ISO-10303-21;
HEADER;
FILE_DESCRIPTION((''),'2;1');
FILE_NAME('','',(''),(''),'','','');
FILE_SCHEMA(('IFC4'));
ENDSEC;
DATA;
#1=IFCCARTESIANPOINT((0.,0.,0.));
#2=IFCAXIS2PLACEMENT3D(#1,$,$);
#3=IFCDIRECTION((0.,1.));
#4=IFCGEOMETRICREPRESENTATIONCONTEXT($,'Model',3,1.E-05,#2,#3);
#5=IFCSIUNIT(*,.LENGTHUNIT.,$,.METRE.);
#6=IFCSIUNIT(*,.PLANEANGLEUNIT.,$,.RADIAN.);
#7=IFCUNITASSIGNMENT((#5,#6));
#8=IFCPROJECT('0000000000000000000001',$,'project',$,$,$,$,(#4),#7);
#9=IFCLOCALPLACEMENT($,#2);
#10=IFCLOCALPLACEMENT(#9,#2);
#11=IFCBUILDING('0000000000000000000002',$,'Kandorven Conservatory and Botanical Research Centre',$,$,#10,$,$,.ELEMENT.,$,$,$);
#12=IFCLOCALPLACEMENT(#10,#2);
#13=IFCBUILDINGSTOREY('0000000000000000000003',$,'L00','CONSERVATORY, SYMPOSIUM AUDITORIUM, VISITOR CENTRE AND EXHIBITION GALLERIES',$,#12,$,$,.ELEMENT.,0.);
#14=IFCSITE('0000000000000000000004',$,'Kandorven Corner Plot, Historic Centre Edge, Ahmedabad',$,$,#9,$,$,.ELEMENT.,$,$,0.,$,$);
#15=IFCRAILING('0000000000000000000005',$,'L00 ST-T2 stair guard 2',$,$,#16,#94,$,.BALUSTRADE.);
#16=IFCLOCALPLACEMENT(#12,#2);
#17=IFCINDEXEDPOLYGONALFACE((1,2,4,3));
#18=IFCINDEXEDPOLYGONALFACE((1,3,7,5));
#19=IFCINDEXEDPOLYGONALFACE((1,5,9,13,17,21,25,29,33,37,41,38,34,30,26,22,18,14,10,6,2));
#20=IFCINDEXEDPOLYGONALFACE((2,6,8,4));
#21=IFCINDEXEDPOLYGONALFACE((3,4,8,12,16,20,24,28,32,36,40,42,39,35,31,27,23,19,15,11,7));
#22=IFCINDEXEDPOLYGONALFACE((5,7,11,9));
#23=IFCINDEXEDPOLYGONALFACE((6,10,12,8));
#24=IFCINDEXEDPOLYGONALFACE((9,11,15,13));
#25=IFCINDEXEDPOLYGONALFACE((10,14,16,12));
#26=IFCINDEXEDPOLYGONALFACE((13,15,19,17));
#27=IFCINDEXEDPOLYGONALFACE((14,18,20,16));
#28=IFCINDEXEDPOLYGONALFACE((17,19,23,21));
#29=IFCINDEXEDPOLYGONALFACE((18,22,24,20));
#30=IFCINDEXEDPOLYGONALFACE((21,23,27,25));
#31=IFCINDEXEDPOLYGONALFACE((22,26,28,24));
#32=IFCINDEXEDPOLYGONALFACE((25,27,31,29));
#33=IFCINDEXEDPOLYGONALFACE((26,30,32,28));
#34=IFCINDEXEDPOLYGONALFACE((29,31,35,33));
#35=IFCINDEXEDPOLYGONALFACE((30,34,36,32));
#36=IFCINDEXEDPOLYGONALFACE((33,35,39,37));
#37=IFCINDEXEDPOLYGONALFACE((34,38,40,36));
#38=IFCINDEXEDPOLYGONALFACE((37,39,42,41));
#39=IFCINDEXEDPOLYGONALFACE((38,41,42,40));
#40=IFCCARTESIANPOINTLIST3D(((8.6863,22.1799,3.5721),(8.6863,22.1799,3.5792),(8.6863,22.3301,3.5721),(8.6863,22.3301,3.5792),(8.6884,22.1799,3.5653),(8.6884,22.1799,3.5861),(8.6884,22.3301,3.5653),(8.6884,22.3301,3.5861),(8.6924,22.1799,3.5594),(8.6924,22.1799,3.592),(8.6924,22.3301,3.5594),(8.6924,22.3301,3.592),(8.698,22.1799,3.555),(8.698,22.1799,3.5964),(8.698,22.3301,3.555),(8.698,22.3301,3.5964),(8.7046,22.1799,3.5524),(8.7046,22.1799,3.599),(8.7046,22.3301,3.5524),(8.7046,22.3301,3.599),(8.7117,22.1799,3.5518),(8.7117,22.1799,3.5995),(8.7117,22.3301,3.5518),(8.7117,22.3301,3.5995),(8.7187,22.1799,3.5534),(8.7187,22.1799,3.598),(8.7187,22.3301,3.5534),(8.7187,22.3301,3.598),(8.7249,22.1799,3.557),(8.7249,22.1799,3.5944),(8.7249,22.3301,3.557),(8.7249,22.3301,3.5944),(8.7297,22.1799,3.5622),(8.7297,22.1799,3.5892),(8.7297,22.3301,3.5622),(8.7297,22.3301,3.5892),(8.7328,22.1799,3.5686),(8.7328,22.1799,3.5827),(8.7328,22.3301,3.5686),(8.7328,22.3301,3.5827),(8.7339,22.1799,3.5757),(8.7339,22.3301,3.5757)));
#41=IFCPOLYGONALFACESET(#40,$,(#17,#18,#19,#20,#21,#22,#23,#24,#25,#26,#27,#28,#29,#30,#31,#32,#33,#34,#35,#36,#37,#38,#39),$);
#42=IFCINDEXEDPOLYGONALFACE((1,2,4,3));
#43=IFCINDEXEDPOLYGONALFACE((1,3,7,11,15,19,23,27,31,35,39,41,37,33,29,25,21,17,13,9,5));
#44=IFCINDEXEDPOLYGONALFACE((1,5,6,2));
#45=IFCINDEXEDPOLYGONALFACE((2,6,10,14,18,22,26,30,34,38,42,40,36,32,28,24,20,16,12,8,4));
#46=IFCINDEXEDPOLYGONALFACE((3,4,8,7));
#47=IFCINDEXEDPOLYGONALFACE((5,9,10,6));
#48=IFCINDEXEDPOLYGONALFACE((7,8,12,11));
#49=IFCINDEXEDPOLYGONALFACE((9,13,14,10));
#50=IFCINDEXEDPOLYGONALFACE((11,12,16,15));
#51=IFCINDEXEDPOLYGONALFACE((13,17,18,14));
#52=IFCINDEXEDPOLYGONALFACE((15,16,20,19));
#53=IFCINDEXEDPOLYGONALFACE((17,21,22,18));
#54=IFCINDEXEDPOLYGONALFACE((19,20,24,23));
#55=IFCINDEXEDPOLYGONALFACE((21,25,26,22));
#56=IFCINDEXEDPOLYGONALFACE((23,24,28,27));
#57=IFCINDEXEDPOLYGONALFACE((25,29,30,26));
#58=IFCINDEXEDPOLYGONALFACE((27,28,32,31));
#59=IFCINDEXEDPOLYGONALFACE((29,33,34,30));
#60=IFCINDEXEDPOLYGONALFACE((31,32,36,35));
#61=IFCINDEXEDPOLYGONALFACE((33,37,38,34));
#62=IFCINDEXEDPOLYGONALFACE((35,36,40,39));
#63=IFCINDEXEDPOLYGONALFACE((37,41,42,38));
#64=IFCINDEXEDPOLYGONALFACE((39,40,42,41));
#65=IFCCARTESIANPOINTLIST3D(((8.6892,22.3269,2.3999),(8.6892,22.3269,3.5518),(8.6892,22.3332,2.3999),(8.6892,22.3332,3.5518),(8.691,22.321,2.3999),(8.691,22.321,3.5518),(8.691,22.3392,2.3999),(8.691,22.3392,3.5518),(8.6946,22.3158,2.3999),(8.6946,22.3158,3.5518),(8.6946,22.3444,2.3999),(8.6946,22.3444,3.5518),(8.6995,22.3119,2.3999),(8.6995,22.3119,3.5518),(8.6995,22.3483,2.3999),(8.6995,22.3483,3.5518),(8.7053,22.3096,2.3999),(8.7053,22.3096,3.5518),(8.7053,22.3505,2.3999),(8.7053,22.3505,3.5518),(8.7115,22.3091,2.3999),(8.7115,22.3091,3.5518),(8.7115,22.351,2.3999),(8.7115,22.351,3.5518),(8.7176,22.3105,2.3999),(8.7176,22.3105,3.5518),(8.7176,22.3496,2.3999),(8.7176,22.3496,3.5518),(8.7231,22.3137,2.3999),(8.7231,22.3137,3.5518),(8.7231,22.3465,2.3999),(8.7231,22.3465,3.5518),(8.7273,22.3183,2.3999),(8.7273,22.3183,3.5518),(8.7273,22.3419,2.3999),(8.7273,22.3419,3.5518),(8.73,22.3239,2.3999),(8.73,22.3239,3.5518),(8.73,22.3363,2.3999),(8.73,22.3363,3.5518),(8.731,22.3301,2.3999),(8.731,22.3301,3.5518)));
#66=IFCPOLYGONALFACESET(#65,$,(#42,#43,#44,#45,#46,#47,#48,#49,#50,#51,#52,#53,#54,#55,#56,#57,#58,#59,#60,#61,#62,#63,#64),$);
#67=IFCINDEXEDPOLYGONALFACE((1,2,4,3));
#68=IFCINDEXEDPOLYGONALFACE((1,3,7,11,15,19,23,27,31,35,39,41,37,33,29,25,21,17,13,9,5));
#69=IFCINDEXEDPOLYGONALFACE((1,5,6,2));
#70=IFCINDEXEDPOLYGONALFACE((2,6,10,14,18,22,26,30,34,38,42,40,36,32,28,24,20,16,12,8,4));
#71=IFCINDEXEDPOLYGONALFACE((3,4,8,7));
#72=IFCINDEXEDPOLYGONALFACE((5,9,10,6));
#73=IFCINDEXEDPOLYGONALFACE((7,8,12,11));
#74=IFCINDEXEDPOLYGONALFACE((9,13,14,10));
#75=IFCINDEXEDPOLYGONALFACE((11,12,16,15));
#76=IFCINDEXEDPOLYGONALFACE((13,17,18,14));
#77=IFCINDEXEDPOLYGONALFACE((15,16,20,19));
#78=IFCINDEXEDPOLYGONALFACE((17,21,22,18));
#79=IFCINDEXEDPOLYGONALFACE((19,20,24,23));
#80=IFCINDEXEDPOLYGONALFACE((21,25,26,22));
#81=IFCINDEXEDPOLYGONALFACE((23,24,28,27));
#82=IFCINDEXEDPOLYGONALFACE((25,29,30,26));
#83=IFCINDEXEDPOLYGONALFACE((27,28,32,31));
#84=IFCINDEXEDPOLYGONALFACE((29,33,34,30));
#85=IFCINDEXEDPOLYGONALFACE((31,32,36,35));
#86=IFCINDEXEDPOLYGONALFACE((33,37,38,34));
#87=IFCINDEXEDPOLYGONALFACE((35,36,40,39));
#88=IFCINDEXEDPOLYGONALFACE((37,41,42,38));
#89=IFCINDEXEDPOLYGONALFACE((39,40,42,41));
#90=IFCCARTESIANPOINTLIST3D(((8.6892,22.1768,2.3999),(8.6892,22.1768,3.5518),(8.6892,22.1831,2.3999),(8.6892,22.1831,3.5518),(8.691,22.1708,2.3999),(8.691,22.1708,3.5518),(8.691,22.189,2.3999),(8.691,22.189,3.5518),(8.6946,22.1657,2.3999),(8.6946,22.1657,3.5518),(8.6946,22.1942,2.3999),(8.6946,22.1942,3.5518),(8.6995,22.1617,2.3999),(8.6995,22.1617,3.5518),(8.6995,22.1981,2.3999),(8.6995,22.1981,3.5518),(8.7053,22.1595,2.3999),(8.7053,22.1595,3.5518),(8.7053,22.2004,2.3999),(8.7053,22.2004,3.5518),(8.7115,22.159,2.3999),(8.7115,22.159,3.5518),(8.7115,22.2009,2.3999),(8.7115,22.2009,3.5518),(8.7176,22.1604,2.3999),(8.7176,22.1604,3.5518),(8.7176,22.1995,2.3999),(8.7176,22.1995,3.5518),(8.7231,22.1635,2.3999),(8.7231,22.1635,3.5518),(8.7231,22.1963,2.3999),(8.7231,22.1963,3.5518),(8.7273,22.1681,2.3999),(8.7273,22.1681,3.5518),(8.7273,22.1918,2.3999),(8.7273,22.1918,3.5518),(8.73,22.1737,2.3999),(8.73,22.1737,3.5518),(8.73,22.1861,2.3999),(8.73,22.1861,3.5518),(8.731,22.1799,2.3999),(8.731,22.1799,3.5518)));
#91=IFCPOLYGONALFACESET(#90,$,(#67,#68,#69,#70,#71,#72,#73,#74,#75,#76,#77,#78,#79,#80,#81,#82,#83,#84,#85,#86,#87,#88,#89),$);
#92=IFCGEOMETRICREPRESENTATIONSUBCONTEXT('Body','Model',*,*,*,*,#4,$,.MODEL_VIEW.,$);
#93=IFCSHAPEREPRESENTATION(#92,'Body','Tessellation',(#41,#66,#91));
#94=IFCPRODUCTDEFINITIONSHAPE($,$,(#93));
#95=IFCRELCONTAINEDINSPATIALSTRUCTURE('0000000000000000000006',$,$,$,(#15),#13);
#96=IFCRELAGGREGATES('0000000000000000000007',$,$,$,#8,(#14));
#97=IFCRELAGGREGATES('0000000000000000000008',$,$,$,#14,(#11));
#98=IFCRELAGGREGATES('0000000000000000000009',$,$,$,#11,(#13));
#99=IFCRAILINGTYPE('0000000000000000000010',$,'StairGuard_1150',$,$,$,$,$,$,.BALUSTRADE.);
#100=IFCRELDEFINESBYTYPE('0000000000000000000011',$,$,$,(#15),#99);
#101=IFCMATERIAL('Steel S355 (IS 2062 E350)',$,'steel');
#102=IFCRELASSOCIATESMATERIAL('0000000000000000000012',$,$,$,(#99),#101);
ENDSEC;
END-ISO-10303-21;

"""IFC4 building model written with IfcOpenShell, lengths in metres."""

from ifc_helpers import new_model, si_unit, direction, frame, origin, origin_2d, place, context, subcontext, project, spatial, circle, extrude, material, type_object, element, save


model = new_model("IFC4")

# Units and contexts
model_context = context("Model", 3, precision=1e-05, world=origin(), true_north=direction((0.0, 1.0)))
body_context = subcontext(model_context, "Body", "Model", "MODEL_VIEW")
ifc_project = project(units=[si_unit("LENGTHUNIT", "METRE"), si_unit("PLANEANGLEUNIT", "RADIAN")], contexts=[model_context])

# Site, building, storey
site_placement = place(None, origin())
site = spatial("IfcSite", under=ifc_project, at=site_placement, Name="Kandorven Corner Plot, Historic Centre Edge, Ahmedabad", CompositionType="ELEMENT", RefElevation=0.0)
building_placement = place(site_placement, origin())
building = spatial("IfcBuilding", under=site, at=building_placement, Name="Kandorven Conservatory and Botanical Research Centre", CompositionType="ELEMENT")
storey_placement = place(building_placement, origin())
storey = spatial("IfcBuildingStorey", under=building, at=storey_placement, Name="L00", Description="CONSERVATORY, SYMPOSIUM AUDITORIUM, VISITOR CENTRE AND EXHIBITION GALLERIES", CompositionType="ELEMENT", Elevation=0.0)

# Railing
ifc_material_1 = material(Name="Steel S355 (IS 2062 E350)", Category="steel")
railing_type_1 = type_object("IfcRailingType", Name="StairGuard_1150", PredefinedType="BALUSTRADE", material=ifc_material_1)
railing_1_placement = place(storey_placement, frame((8.71, 22.3301, 2.3999)))
element("IfcRailing", 1, at=railing_1_placement, inside=storey, type_object=railing_type_1, Name="L00 ST-T2 stair guard 2", PredefinedType="BALUSTRADE", context=body_context, shape_type="SweptSolid", body=[
    extrude(circle(Radius=0.0239, at=origin_2d()), frame((0.0, 0.0, 1.1758), z_axis=(0.0, -1.0, 0.0), x_axis=(1.0, 0.0, 0.0)), (0.0, 0.0, 1.0), 0.1501),
    extrude(circle(Radius=0.021, at=origin_2d()), origin(), (0.0, 0.0, 1.0), 1.1519),
    extrude(circle(Radius=0.021, at=origin_2d()), frame((0.0, -0.1501, 0.0)), (0.0, 0.0, 1.0), 1.1519),
])

save(model, "model.ifc")
